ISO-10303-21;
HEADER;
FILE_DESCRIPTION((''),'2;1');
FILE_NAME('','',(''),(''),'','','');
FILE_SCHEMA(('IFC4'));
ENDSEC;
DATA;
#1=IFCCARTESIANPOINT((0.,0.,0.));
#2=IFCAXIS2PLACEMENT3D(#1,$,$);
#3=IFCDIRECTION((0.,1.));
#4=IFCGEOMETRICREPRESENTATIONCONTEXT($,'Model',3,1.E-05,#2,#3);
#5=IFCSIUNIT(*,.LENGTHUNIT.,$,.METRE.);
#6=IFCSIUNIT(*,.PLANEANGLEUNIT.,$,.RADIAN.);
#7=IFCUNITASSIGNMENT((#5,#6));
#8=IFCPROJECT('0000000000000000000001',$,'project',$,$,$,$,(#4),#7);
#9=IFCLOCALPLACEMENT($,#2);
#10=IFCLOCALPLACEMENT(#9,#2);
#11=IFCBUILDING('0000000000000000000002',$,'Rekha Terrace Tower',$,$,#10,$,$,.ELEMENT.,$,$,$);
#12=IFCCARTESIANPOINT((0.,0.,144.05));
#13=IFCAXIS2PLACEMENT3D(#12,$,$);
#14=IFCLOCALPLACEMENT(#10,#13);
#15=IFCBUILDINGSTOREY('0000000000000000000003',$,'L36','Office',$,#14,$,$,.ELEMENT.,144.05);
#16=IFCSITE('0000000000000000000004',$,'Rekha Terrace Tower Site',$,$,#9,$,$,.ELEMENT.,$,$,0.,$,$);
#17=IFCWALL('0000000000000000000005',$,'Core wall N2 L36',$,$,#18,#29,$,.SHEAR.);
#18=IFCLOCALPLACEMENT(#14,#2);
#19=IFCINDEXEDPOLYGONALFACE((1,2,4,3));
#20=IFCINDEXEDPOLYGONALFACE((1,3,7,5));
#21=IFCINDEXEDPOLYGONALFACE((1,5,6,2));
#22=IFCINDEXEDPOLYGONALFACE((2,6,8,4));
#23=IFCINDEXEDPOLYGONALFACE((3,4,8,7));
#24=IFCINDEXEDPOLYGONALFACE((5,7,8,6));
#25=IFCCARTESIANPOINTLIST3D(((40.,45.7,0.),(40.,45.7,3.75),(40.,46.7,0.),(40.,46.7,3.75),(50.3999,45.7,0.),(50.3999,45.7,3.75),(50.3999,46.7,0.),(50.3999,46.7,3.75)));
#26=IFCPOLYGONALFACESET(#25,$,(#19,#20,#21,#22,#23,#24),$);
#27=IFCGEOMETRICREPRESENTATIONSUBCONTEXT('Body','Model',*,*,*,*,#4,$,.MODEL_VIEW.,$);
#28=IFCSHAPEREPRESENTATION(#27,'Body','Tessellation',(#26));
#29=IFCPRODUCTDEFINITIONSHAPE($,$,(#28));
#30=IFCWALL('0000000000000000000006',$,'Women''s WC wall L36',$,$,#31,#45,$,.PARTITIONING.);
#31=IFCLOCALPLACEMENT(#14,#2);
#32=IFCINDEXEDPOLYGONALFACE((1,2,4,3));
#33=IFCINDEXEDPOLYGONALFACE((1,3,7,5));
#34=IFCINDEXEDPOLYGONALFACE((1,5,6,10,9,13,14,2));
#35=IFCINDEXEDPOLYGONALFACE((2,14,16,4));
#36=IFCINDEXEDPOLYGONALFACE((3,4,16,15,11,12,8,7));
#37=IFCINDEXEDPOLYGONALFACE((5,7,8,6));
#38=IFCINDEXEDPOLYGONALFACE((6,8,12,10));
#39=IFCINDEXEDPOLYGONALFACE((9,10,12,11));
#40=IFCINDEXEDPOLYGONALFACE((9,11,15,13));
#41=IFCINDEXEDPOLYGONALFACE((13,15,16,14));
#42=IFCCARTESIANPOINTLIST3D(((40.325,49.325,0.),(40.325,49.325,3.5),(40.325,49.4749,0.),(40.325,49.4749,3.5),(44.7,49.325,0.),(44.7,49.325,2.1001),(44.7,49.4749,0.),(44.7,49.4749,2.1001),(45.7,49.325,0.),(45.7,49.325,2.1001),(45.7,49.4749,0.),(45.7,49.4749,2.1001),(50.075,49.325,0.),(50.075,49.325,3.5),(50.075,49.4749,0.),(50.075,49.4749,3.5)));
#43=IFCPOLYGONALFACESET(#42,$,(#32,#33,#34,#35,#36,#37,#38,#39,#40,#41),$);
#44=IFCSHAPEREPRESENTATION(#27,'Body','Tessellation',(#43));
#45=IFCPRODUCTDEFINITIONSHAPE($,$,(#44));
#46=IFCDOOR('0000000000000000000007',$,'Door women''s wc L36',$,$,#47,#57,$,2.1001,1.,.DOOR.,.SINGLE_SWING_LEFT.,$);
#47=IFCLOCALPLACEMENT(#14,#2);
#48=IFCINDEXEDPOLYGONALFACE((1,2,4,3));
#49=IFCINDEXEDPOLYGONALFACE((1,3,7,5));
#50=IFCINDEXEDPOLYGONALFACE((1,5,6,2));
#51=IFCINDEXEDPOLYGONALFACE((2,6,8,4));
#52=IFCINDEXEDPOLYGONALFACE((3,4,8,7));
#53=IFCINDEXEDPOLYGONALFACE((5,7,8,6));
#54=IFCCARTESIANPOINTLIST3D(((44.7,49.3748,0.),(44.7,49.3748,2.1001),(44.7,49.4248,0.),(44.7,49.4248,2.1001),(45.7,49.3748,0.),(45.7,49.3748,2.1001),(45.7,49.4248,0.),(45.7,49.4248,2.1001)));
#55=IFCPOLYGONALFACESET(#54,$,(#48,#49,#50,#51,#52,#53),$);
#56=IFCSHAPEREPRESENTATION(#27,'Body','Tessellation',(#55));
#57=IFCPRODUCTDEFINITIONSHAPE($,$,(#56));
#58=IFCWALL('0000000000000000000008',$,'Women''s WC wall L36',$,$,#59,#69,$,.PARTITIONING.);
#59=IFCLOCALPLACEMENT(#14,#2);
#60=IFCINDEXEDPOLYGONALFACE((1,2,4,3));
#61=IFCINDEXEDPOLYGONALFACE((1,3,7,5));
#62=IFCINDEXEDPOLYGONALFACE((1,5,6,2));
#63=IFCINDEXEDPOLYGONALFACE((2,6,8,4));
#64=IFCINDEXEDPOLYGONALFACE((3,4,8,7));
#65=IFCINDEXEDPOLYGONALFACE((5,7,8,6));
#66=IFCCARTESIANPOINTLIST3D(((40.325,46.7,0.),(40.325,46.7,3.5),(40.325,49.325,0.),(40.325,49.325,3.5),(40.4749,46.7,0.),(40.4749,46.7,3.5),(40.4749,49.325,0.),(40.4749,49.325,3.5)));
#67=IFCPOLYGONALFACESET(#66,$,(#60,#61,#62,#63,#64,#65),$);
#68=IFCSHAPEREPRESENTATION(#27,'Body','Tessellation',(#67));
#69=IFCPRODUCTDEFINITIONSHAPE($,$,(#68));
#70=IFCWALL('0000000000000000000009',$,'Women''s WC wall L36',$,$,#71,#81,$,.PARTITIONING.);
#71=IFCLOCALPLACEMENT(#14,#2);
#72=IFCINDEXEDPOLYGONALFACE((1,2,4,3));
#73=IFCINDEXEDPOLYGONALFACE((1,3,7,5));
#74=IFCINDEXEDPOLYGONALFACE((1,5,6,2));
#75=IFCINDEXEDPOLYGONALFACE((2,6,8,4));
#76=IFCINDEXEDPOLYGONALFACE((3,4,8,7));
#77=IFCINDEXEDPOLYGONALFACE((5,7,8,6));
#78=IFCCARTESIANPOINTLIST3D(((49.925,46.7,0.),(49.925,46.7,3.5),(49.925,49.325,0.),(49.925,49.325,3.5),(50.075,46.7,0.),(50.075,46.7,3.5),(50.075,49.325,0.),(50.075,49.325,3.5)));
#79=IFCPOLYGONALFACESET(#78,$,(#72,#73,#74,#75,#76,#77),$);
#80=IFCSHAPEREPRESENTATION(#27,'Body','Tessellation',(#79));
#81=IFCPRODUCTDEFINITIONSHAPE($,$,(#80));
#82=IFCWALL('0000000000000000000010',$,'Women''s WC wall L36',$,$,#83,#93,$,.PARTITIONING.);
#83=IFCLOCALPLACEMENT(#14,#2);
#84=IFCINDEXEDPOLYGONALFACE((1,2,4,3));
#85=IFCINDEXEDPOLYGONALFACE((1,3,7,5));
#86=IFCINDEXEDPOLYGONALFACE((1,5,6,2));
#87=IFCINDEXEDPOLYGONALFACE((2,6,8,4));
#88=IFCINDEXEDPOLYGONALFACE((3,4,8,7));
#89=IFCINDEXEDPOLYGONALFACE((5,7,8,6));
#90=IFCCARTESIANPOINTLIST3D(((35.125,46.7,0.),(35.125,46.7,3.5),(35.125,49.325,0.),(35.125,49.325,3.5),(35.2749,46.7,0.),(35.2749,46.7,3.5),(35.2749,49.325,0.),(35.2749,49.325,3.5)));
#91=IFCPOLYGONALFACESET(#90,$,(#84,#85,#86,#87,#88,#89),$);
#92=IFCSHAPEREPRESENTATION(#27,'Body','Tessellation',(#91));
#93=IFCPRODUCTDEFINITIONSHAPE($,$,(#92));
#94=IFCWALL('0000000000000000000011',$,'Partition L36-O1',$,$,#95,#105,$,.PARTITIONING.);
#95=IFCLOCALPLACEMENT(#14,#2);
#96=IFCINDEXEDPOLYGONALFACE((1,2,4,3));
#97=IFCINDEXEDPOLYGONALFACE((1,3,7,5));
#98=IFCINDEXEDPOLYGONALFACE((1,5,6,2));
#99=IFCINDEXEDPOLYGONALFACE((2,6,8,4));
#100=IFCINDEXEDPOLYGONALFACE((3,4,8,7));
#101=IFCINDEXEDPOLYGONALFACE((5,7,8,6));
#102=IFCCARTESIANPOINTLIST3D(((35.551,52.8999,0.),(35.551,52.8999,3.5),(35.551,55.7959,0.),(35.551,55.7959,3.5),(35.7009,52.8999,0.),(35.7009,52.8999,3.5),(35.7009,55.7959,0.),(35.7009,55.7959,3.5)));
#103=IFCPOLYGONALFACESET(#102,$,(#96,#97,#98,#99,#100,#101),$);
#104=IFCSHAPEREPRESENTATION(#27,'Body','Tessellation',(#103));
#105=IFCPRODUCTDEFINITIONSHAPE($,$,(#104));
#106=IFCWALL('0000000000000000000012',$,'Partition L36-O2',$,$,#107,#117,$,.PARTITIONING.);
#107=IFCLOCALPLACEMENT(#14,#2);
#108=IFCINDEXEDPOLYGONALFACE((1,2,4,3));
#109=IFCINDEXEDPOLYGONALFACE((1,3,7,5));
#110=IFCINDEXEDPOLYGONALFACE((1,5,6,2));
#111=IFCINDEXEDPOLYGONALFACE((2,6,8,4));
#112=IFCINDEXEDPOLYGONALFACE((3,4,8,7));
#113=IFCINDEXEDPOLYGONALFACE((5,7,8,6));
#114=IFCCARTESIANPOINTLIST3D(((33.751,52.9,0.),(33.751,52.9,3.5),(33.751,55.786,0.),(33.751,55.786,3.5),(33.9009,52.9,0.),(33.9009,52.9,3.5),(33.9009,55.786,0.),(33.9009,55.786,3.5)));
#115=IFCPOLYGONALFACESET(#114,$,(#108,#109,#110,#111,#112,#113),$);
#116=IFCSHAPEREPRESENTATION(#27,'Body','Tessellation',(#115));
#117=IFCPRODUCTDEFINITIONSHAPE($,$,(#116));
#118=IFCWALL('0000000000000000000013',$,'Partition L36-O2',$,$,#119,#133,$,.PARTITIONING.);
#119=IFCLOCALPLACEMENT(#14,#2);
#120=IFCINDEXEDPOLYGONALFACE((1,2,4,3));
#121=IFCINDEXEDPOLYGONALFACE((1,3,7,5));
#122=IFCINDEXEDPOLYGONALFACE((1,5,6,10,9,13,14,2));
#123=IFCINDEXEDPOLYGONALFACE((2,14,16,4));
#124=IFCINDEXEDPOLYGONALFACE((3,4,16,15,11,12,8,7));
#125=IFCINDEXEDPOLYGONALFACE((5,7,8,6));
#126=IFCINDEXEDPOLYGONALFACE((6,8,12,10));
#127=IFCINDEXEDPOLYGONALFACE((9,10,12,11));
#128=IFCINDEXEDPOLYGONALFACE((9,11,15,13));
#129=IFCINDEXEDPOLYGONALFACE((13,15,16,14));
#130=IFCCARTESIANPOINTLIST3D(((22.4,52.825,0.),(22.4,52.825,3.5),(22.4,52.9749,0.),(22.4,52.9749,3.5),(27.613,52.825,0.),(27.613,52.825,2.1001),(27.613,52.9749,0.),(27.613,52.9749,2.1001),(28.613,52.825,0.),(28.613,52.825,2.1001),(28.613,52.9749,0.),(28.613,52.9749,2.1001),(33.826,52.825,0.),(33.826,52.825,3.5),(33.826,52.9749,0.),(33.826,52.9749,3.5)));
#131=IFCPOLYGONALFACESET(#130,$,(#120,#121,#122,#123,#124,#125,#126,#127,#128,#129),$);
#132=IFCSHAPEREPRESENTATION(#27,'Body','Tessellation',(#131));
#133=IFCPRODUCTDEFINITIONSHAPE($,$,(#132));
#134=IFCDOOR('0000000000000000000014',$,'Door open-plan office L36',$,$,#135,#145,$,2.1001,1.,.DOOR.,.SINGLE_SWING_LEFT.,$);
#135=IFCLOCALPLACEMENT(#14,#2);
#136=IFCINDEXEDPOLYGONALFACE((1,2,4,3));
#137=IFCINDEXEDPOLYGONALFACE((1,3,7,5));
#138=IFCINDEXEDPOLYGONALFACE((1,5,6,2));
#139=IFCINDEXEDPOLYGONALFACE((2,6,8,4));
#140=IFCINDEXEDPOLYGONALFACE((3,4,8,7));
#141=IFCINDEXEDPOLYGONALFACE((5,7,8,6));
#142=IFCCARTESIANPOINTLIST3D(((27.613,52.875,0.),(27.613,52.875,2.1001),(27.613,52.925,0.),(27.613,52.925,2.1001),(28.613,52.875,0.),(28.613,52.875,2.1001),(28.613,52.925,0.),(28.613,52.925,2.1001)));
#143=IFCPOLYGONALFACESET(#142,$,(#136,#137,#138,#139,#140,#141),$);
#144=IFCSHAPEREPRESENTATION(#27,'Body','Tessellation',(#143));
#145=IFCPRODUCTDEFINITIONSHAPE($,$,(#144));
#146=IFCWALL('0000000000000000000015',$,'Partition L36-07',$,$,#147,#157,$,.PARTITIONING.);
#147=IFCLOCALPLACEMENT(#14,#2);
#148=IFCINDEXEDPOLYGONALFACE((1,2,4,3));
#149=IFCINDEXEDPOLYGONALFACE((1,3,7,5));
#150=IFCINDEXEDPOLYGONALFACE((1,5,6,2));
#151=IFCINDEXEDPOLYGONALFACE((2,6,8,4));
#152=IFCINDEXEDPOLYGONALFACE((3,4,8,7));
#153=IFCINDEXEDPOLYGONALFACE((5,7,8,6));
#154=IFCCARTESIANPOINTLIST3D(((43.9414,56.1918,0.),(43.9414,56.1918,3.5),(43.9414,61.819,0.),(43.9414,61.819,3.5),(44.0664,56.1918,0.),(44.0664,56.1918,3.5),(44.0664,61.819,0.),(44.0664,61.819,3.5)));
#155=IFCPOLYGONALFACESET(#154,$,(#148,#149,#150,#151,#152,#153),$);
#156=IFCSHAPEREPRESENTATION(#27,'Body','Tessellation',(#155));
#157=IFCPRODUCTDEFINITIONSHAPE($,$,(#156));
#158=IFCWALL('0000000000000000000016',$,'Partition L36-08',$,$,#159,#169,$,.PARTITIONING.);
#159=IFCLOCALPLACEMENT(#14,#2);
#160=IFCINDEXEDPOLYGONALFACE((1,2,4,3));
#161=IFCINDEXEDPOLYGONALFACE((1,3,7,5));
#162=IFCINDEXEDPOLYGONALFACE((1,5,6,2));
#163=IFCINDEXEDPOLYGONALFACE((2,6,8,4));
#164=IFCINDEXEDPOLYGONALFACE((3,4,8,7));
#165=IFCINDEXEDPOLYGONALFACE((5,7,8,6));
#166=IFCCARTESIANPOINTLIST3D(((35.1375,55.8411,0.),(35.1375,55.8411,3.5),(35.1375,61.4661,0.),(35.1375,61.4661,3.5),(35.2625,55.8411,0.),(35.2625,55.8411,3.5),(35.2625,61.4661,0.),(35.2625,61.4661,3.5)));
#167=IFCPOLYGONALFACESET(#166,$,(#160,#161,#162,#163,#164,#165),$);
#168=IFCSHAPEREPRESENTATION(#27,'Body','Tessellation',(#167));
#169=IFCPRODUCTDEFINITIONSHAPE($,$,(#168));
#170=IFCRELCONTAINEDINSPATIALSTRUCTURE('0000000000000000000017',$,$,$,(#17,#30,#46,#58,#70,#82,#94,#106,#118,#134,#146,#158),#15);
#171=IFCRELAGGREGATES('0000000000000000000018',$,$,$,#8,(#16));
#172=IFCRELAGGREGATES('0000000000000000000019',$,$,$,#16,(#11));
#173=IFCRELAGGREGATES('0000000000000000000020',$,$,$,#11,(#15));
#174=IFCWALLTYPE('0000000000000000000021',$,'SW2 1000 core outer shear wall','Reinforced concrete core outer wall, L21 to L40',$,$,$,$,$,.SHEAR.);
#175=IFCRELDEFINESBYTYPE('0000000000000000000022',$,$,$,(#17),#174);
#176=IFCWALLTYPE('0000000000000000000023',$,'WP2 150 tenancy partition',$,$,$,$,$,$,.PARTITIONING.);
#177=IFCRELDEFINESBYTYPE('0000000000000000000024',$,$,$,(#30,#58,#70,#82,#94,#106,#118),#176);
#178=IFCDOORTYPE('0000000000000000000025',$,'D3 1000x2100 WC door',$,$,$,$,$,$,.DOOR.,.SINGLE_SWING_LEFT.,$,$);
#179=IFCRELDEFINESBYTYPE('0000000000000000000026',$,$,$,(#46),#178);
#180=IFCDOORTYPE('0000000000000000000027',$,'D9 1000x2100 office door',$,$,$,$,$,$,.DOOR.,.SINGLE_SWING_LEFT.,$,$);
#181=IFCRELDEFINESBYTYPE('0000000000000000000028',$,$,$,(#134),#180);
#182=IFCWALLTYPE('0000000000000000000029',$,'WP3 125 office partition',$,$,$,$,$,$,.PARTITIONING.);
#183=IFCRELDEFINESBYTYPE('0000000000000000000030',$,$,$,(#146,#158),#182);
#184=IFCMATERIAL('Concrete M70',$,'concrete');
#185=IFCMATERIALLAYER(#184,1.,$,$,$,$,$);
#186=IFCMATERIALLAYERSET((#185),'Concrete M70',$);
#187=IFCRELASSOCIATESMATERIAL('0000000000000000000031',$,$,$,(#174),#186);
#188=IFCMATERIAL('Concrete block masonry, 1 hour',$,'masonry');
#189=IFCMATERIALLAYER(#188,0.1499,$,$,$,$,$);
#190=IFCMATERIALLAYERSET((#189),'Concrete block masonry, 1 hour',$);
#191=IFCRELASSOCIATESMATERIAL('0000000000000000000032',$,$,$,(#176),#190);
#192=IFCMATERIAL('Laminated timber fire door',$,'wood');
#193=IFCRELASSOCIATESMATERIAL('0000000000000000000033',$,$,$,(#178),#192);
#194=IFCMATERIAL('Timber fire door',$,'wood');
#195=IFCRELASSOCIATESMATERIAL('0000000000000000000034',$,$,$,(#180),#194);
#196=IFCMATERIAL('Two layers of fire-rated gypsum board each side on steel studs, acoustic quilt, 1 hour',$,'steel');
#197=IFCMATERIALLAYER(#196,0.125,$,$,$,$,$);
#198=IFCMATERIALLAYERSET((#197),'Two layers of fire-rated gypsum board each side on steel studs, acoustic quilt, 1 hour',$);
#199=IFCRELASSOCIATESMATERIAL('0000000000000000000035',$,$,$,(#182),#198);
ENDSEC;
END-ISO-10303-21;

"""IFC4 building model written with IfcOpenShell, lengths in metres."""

from ifc_helpers import new_model, si_unit, direction, frame, frame_2d, origin, place, context, subcontext, project, spatial, rectangle, extrude, material, layer, layer_set, type_object, element, fill, save


model = new_model("IFC4")

# Units and contexts
model_context = context("Model", 3, precision=1e-05, world=origin(), true_north=direction((0.0, 1.0)))
body_context = subcontext(model_context, "Body", "Model", "MODEL_VIEW")
ifc_project = project(units=[si_unit("LENGTHUNIT", "METRE"), si_unit("PLANEANGLEUNIT", "RADIAN")], contexts=[model_context])

# Site, building, storey
site_placement = place(None, origin())
site = spatial("IfcSite", under=ifc_project, at=site_placement, Name="Rekha Terrace Tower Site", CompositionType="ELEMENT", RefElevation=0.0)
building_placement = place(site_placement, origin())
building = spatial("IfcBuilding", under=site, at=building_placement, Name="Rekha Terrace Tower", CompositionType="ELEMENT")
storey_placement = place(building_placement, frame((0.0, 0.0, 144.05)))
storey = spatial("IfcBuildingStorey", under=building, at=storey_placement, Name="L36", Description="Office", CompositionType="ELEMENT", Elevation=144.05)

# Shared definitions
ifc_material_1 = material(Name="Concrete M70", Category="concrete")

# Wall
ifc_layer_1 = layer(ifc_material_1, 1.0)
ifc_layer_set_1 = layer_set([ifc_layer_1], Name="Concrete M70")
wall_type_1 = type_object("IfcWallType", Name="SW2 1000 core outer shear wall", Description="Reinforced concrete core outer wall, L21 to L40", PredefinedType="SHEAR", material=ifc_layer_set_1)
wall_1_placement = place(storey_placement, frame((40.0, 46.2, 0.0), z_axis=(0.0, 0.0, 1.0), x_axis=(1.0, 0.0, 0.0)))
element("IfcWall", 1, at=wall_1_placement, inside=storey, type_object=wall_type_1, Name="Core wall N2 L36", PredefinedType="SHEAR", context=body_context, shape_type="SweptSolid", body=[
    extrude(rectangle(XDim=10.3999, YDim=1.0, at=frame_2d((5.2, 0.0))), origin(), (0.0, 0.0, 1.0), 3.75),
])

# Wall, opening, door
ifc_material_2 = material(Name="Concrete block masonry, 1 hour", Category="masonry")
ifc_layer_2 = layer(ifc_material_2, 0.1499)
ifc_layer_set_2 = layer_set([ifc_layer_2], Name="Concrete block masonry, 1 hour")
wall_type_2 = type_object("IfcWallType", Name="WP2 150 tenancy partition", PredefinedType="PARTITIONING", material=ifc_layer_set_2)
wall_2_placement = place(storey_placement, frame((40.325, 49.3999, 0.0), z_axis=(0.0, 0.0, 1.0), x_axis=(1.0, 0.0, 0.0)))
wall_2 = element("IfcWall", 2, at=wall_2_placement, inside=storey, type_object=wall_type_2, Name="Women's WC wall L36", PredefinedType="PARTITIONING", context=body_context, shape_type="SweptSolid", body=[
    extrude(rectangle(XDim=9.75, YDim=0.1499, at=frame_2d((4.875, 0.0))), origin(), (0.0, 0.0, 1.0), 3.5),
])
opening_1_placement = place(wall_2_placement, frame((4.375, 0.0, 0.0)))
opening_1 = element("IfcOpeningElement", 3, at=opening_1_placement, cuts=wall_2, PredefinedType="OPENING", context=body_context, shape_type="SweptSolid", body=[
    extrude(rectangle(XDim=1.0, YDim=2.1001, at=frame_2d((0.5, 1.05))), frame((0.0, 0.085, 0.0), z_axis=(0.0, -1.0, 0.0), x_axis=(1.0, 0.0, 0.0)), (0.0, 0.0, 1.0), 0.1699),
])
ifc_material_3 = material(Name="Laminated timber fire door", Category="wood")
door_type_1 = type_object("IfcDoorType", Name="D3 1000x2100 WC door", OperationType="SINGLE_SWING_LEFT", PredefinedType="DOOR", material=ifc_material_3)
door_1_placement = place(opening_1_placement, origin())
door_1 = element("IfcDoor", 4, at=door_1_placement, inside=storey, type_object=door_type_1, Name="Door women's wc L36", OperationType="SINGLE_SWING_LEFT", OverallHeight=2.1001, OverallWidth=1.0, PredefinedType="DOOR", context=body_context, shape_type="SweptSolid", body=[
    extrude(rectangle(XDim=1.0, YDim=2.1001, at=frame_2d((0.5, 1.05))), frame((0.0, 0.0249, 0.0), z_axis=(0.0, -1.0, 0.0), x_axis=(1.0, 0.0, 0.0)), (0.0, 0.0, 1.0), 0.05),
])
fill(opening_1, door_1)

# Walls
for number, where, z_axis, x_axis, name in (
    (5, (40.3999, 46.7, 0.0), (0.0, 0.0, 1.0), (0.0, 1.0, 0.0), "Women's WC wall L36"),
    (6, (50.0, 46.7, 0.0), (0.0, 0.0, 1.0), (0.0, 1.0, 0.0), "Women's WC wall L36"),
    (7, (35.2, 46.7, 0.0), (0.0, 0.0, 1.0), (0.0, 1.0, 0.0), "Women's WC wall L36"),
):
    element("IfcWall", number, at=place(storey_placement, frame(where, z_axis=z_axis, x_axis=x_axis)), inside=storey, type_object=wall_type_2, Name=name, PredefinedType="PARTITIONING", context=body_context, shape_type="SweptSolid", body=[
        extrude(rectangle(XDim=2.625, YDim=0.1499, at=frame_2d((1.3125, 0.0))), origin(), (0.0, 0.0, 1.0), 3.5),
    ])
wall_3_placement = place(storey_placement, frame((35.626, 52.8999, 0.0), z_axis=(0.0, 0.0, 1.0), x_axis=(0.0, 1.0, 0.0)))
element("IfcWall", 8, at=wall_3_placement, inside=storey, type_object=wall_type_2, Name="Partition L36-O1", PredefinedType="PARTITIONING", context=body_context, shape_type="SweptSolid", body=[
    extrude(rectangle(XDim=2.896, YDim=0.1499, at=frame_2d((1.448, 0.0))), origin(), (0.0, 0.0, 1.0), 3.5),
])
wall_4_placement = place(storey_placement, frame((33.8259, 55.7859, 0.0), z_axis=(0.0, 0.0, 1.0), x_axis=(0.0, -1.0, 0.0)))
element("IfcWall", 9, at=wall_4_placement, inside=storey, type_object=wall_type_2, Name="Partition L36-O2", PredefinedType="PARTITIONING", context=body_context, shape_type="SweptSolid", body=[
    extrude(rectangle(XDim=2.886, YDim=0.1499, at=frame_2d((1.4429, 0.0))), origin(), (0.0, 0.0, 1.0), 3.5),
])

# Wall, opening, door
wall_5_placement = place(storey_placement, frame((33.8259, 52.8999, 0.0), z_axis=(0.0, 0.0, 1.0), x_axis=(-1.0, 0.0, 0.0)))
wall_5 = element("IfcWall", 10, at=wall_5_placement, inside=storey, type_object=wall_type_2, Name="Partition L36-O2", PredefinedType="PARTITIONING", context=body_context, shape_type="SweptSolid", body=[
    extrude(rectangle(XDim=11.426, YDim=0.1499, at=frame_2d((5.7129, 0.0))), origin(), (0.0, 0.0, 1.0), 3.5),
])
opening_2_placement = place(wall_5_placement, frame((5.2129, 0.0, 0.0)))
opening_2 = element("IfcOpeningElement", 11, at=opening_2_placement, cuts=wall_5, PredefinedType="OPENING", context=body_context, shape_type="SweptSolid", body=[
    extrude(rectangle(XDim=1.0, YDim=2.1001, at=frame_2d((0.5, 1.05))), frame((0.0, 0.085, 0.0), z_axis=(0.0, -1.0, 0.0), x_axis=(1.0, 0.0, 0.0)), (0.0, 0.0, 1.0), 0.1699),
])
ifc_material_4 = material(Name="Timber fire door", Category="wood")
door_type_2 = type_object("IfcDoorType", Name="D9 1000x2100 office door", OperationType="SINGLE_SWING_LEFT", PredefinedType="DOOR", material=ifc_material_4)
door_2_placement = place(opening_2_placement, origin())
door_2 = element("IfcDoor", 12, at=door_2_placement, inside=storey, type_object=door_type_2, Name="Door open-plan office L36", OperationType="SINGLE_SWING_LEFT", OverallHeight=2.1001, OverallWidth=1.0, PredefinedType="DOOR", context=body_context, shape_type="SweptSolid", body=[
    extrude(rectangle(XDim=1.0, YDim=2.1001, at=frame_2d((0.5, 1.05))), frame((0.0, 0.0249, 0.0), z_axis=(0.0, -1.0, 0.0), x_axis=(1.0, 0.0, 0.0)), (0.0, 0.0, 1.0), 0.05),
])
fill(opening_2, door_2)

# Walls
ifc_material_5 = material(Name="Two layers of fire-rated gypsum board each side on steel studs, acoustic quilt, 1 hour", Category="steel")
ifc_layer_3 = layer(ifc_material_5, 0.125)
ifc_layer_set_3 = layer_set([ifc_layer_3], Name="Two layers of fire-rated gypsum board each side on steel studs, acoustic quilt, 1 hour")
wall_type_3 = type_object("IfcWallType", Name="WP3 125 office partition", PredefinedType="PARTITIONING", material=ifc_layer_set_3)
wall_6_placement = place(storey_placement, frame((44.0039, 56.1919, 0.0), z_axis=(0.0, 0.0, 1.0), x_axis=(0.0, 1.0, 0.0)))
element("IfcWall", 13, at=wall_6_placement, inside=storey, type_object=wall_type_3, Name="Partition L36-07", PredefinedType="PARTITIONING", context=body_context, shape_type="SweptSolid", body=[
    extrude(rectangle(XDim=5.6272, YDim=0.125, at=frame_2d((2.8135, 0.0))), origin(), (0.0, 0.0, 1.0), 3.5),
])
wall_7_placement = place(storey_placement, frame((35.2, 55.8411, 0.0), z_axis=(0.0, 0.0, 1.0), x_axis=(0.0, 1.0, 0.0)))
element("IfcWall", 14, at=wall_7_placement, inside=storey, type_object=wall_type_3, Name="Partition L36-08", PredefinedType="PARTITIONING", context=body_context, shape_type="SweptSolid", body=[
    extrude(rectangle(XDim=5.625, YDim=0.125, at=frame_2d((2.8125, 0.0))), origin(), (0.0, 0.0, 1.0), 3.5),
])

save(model, "model.ifc")
